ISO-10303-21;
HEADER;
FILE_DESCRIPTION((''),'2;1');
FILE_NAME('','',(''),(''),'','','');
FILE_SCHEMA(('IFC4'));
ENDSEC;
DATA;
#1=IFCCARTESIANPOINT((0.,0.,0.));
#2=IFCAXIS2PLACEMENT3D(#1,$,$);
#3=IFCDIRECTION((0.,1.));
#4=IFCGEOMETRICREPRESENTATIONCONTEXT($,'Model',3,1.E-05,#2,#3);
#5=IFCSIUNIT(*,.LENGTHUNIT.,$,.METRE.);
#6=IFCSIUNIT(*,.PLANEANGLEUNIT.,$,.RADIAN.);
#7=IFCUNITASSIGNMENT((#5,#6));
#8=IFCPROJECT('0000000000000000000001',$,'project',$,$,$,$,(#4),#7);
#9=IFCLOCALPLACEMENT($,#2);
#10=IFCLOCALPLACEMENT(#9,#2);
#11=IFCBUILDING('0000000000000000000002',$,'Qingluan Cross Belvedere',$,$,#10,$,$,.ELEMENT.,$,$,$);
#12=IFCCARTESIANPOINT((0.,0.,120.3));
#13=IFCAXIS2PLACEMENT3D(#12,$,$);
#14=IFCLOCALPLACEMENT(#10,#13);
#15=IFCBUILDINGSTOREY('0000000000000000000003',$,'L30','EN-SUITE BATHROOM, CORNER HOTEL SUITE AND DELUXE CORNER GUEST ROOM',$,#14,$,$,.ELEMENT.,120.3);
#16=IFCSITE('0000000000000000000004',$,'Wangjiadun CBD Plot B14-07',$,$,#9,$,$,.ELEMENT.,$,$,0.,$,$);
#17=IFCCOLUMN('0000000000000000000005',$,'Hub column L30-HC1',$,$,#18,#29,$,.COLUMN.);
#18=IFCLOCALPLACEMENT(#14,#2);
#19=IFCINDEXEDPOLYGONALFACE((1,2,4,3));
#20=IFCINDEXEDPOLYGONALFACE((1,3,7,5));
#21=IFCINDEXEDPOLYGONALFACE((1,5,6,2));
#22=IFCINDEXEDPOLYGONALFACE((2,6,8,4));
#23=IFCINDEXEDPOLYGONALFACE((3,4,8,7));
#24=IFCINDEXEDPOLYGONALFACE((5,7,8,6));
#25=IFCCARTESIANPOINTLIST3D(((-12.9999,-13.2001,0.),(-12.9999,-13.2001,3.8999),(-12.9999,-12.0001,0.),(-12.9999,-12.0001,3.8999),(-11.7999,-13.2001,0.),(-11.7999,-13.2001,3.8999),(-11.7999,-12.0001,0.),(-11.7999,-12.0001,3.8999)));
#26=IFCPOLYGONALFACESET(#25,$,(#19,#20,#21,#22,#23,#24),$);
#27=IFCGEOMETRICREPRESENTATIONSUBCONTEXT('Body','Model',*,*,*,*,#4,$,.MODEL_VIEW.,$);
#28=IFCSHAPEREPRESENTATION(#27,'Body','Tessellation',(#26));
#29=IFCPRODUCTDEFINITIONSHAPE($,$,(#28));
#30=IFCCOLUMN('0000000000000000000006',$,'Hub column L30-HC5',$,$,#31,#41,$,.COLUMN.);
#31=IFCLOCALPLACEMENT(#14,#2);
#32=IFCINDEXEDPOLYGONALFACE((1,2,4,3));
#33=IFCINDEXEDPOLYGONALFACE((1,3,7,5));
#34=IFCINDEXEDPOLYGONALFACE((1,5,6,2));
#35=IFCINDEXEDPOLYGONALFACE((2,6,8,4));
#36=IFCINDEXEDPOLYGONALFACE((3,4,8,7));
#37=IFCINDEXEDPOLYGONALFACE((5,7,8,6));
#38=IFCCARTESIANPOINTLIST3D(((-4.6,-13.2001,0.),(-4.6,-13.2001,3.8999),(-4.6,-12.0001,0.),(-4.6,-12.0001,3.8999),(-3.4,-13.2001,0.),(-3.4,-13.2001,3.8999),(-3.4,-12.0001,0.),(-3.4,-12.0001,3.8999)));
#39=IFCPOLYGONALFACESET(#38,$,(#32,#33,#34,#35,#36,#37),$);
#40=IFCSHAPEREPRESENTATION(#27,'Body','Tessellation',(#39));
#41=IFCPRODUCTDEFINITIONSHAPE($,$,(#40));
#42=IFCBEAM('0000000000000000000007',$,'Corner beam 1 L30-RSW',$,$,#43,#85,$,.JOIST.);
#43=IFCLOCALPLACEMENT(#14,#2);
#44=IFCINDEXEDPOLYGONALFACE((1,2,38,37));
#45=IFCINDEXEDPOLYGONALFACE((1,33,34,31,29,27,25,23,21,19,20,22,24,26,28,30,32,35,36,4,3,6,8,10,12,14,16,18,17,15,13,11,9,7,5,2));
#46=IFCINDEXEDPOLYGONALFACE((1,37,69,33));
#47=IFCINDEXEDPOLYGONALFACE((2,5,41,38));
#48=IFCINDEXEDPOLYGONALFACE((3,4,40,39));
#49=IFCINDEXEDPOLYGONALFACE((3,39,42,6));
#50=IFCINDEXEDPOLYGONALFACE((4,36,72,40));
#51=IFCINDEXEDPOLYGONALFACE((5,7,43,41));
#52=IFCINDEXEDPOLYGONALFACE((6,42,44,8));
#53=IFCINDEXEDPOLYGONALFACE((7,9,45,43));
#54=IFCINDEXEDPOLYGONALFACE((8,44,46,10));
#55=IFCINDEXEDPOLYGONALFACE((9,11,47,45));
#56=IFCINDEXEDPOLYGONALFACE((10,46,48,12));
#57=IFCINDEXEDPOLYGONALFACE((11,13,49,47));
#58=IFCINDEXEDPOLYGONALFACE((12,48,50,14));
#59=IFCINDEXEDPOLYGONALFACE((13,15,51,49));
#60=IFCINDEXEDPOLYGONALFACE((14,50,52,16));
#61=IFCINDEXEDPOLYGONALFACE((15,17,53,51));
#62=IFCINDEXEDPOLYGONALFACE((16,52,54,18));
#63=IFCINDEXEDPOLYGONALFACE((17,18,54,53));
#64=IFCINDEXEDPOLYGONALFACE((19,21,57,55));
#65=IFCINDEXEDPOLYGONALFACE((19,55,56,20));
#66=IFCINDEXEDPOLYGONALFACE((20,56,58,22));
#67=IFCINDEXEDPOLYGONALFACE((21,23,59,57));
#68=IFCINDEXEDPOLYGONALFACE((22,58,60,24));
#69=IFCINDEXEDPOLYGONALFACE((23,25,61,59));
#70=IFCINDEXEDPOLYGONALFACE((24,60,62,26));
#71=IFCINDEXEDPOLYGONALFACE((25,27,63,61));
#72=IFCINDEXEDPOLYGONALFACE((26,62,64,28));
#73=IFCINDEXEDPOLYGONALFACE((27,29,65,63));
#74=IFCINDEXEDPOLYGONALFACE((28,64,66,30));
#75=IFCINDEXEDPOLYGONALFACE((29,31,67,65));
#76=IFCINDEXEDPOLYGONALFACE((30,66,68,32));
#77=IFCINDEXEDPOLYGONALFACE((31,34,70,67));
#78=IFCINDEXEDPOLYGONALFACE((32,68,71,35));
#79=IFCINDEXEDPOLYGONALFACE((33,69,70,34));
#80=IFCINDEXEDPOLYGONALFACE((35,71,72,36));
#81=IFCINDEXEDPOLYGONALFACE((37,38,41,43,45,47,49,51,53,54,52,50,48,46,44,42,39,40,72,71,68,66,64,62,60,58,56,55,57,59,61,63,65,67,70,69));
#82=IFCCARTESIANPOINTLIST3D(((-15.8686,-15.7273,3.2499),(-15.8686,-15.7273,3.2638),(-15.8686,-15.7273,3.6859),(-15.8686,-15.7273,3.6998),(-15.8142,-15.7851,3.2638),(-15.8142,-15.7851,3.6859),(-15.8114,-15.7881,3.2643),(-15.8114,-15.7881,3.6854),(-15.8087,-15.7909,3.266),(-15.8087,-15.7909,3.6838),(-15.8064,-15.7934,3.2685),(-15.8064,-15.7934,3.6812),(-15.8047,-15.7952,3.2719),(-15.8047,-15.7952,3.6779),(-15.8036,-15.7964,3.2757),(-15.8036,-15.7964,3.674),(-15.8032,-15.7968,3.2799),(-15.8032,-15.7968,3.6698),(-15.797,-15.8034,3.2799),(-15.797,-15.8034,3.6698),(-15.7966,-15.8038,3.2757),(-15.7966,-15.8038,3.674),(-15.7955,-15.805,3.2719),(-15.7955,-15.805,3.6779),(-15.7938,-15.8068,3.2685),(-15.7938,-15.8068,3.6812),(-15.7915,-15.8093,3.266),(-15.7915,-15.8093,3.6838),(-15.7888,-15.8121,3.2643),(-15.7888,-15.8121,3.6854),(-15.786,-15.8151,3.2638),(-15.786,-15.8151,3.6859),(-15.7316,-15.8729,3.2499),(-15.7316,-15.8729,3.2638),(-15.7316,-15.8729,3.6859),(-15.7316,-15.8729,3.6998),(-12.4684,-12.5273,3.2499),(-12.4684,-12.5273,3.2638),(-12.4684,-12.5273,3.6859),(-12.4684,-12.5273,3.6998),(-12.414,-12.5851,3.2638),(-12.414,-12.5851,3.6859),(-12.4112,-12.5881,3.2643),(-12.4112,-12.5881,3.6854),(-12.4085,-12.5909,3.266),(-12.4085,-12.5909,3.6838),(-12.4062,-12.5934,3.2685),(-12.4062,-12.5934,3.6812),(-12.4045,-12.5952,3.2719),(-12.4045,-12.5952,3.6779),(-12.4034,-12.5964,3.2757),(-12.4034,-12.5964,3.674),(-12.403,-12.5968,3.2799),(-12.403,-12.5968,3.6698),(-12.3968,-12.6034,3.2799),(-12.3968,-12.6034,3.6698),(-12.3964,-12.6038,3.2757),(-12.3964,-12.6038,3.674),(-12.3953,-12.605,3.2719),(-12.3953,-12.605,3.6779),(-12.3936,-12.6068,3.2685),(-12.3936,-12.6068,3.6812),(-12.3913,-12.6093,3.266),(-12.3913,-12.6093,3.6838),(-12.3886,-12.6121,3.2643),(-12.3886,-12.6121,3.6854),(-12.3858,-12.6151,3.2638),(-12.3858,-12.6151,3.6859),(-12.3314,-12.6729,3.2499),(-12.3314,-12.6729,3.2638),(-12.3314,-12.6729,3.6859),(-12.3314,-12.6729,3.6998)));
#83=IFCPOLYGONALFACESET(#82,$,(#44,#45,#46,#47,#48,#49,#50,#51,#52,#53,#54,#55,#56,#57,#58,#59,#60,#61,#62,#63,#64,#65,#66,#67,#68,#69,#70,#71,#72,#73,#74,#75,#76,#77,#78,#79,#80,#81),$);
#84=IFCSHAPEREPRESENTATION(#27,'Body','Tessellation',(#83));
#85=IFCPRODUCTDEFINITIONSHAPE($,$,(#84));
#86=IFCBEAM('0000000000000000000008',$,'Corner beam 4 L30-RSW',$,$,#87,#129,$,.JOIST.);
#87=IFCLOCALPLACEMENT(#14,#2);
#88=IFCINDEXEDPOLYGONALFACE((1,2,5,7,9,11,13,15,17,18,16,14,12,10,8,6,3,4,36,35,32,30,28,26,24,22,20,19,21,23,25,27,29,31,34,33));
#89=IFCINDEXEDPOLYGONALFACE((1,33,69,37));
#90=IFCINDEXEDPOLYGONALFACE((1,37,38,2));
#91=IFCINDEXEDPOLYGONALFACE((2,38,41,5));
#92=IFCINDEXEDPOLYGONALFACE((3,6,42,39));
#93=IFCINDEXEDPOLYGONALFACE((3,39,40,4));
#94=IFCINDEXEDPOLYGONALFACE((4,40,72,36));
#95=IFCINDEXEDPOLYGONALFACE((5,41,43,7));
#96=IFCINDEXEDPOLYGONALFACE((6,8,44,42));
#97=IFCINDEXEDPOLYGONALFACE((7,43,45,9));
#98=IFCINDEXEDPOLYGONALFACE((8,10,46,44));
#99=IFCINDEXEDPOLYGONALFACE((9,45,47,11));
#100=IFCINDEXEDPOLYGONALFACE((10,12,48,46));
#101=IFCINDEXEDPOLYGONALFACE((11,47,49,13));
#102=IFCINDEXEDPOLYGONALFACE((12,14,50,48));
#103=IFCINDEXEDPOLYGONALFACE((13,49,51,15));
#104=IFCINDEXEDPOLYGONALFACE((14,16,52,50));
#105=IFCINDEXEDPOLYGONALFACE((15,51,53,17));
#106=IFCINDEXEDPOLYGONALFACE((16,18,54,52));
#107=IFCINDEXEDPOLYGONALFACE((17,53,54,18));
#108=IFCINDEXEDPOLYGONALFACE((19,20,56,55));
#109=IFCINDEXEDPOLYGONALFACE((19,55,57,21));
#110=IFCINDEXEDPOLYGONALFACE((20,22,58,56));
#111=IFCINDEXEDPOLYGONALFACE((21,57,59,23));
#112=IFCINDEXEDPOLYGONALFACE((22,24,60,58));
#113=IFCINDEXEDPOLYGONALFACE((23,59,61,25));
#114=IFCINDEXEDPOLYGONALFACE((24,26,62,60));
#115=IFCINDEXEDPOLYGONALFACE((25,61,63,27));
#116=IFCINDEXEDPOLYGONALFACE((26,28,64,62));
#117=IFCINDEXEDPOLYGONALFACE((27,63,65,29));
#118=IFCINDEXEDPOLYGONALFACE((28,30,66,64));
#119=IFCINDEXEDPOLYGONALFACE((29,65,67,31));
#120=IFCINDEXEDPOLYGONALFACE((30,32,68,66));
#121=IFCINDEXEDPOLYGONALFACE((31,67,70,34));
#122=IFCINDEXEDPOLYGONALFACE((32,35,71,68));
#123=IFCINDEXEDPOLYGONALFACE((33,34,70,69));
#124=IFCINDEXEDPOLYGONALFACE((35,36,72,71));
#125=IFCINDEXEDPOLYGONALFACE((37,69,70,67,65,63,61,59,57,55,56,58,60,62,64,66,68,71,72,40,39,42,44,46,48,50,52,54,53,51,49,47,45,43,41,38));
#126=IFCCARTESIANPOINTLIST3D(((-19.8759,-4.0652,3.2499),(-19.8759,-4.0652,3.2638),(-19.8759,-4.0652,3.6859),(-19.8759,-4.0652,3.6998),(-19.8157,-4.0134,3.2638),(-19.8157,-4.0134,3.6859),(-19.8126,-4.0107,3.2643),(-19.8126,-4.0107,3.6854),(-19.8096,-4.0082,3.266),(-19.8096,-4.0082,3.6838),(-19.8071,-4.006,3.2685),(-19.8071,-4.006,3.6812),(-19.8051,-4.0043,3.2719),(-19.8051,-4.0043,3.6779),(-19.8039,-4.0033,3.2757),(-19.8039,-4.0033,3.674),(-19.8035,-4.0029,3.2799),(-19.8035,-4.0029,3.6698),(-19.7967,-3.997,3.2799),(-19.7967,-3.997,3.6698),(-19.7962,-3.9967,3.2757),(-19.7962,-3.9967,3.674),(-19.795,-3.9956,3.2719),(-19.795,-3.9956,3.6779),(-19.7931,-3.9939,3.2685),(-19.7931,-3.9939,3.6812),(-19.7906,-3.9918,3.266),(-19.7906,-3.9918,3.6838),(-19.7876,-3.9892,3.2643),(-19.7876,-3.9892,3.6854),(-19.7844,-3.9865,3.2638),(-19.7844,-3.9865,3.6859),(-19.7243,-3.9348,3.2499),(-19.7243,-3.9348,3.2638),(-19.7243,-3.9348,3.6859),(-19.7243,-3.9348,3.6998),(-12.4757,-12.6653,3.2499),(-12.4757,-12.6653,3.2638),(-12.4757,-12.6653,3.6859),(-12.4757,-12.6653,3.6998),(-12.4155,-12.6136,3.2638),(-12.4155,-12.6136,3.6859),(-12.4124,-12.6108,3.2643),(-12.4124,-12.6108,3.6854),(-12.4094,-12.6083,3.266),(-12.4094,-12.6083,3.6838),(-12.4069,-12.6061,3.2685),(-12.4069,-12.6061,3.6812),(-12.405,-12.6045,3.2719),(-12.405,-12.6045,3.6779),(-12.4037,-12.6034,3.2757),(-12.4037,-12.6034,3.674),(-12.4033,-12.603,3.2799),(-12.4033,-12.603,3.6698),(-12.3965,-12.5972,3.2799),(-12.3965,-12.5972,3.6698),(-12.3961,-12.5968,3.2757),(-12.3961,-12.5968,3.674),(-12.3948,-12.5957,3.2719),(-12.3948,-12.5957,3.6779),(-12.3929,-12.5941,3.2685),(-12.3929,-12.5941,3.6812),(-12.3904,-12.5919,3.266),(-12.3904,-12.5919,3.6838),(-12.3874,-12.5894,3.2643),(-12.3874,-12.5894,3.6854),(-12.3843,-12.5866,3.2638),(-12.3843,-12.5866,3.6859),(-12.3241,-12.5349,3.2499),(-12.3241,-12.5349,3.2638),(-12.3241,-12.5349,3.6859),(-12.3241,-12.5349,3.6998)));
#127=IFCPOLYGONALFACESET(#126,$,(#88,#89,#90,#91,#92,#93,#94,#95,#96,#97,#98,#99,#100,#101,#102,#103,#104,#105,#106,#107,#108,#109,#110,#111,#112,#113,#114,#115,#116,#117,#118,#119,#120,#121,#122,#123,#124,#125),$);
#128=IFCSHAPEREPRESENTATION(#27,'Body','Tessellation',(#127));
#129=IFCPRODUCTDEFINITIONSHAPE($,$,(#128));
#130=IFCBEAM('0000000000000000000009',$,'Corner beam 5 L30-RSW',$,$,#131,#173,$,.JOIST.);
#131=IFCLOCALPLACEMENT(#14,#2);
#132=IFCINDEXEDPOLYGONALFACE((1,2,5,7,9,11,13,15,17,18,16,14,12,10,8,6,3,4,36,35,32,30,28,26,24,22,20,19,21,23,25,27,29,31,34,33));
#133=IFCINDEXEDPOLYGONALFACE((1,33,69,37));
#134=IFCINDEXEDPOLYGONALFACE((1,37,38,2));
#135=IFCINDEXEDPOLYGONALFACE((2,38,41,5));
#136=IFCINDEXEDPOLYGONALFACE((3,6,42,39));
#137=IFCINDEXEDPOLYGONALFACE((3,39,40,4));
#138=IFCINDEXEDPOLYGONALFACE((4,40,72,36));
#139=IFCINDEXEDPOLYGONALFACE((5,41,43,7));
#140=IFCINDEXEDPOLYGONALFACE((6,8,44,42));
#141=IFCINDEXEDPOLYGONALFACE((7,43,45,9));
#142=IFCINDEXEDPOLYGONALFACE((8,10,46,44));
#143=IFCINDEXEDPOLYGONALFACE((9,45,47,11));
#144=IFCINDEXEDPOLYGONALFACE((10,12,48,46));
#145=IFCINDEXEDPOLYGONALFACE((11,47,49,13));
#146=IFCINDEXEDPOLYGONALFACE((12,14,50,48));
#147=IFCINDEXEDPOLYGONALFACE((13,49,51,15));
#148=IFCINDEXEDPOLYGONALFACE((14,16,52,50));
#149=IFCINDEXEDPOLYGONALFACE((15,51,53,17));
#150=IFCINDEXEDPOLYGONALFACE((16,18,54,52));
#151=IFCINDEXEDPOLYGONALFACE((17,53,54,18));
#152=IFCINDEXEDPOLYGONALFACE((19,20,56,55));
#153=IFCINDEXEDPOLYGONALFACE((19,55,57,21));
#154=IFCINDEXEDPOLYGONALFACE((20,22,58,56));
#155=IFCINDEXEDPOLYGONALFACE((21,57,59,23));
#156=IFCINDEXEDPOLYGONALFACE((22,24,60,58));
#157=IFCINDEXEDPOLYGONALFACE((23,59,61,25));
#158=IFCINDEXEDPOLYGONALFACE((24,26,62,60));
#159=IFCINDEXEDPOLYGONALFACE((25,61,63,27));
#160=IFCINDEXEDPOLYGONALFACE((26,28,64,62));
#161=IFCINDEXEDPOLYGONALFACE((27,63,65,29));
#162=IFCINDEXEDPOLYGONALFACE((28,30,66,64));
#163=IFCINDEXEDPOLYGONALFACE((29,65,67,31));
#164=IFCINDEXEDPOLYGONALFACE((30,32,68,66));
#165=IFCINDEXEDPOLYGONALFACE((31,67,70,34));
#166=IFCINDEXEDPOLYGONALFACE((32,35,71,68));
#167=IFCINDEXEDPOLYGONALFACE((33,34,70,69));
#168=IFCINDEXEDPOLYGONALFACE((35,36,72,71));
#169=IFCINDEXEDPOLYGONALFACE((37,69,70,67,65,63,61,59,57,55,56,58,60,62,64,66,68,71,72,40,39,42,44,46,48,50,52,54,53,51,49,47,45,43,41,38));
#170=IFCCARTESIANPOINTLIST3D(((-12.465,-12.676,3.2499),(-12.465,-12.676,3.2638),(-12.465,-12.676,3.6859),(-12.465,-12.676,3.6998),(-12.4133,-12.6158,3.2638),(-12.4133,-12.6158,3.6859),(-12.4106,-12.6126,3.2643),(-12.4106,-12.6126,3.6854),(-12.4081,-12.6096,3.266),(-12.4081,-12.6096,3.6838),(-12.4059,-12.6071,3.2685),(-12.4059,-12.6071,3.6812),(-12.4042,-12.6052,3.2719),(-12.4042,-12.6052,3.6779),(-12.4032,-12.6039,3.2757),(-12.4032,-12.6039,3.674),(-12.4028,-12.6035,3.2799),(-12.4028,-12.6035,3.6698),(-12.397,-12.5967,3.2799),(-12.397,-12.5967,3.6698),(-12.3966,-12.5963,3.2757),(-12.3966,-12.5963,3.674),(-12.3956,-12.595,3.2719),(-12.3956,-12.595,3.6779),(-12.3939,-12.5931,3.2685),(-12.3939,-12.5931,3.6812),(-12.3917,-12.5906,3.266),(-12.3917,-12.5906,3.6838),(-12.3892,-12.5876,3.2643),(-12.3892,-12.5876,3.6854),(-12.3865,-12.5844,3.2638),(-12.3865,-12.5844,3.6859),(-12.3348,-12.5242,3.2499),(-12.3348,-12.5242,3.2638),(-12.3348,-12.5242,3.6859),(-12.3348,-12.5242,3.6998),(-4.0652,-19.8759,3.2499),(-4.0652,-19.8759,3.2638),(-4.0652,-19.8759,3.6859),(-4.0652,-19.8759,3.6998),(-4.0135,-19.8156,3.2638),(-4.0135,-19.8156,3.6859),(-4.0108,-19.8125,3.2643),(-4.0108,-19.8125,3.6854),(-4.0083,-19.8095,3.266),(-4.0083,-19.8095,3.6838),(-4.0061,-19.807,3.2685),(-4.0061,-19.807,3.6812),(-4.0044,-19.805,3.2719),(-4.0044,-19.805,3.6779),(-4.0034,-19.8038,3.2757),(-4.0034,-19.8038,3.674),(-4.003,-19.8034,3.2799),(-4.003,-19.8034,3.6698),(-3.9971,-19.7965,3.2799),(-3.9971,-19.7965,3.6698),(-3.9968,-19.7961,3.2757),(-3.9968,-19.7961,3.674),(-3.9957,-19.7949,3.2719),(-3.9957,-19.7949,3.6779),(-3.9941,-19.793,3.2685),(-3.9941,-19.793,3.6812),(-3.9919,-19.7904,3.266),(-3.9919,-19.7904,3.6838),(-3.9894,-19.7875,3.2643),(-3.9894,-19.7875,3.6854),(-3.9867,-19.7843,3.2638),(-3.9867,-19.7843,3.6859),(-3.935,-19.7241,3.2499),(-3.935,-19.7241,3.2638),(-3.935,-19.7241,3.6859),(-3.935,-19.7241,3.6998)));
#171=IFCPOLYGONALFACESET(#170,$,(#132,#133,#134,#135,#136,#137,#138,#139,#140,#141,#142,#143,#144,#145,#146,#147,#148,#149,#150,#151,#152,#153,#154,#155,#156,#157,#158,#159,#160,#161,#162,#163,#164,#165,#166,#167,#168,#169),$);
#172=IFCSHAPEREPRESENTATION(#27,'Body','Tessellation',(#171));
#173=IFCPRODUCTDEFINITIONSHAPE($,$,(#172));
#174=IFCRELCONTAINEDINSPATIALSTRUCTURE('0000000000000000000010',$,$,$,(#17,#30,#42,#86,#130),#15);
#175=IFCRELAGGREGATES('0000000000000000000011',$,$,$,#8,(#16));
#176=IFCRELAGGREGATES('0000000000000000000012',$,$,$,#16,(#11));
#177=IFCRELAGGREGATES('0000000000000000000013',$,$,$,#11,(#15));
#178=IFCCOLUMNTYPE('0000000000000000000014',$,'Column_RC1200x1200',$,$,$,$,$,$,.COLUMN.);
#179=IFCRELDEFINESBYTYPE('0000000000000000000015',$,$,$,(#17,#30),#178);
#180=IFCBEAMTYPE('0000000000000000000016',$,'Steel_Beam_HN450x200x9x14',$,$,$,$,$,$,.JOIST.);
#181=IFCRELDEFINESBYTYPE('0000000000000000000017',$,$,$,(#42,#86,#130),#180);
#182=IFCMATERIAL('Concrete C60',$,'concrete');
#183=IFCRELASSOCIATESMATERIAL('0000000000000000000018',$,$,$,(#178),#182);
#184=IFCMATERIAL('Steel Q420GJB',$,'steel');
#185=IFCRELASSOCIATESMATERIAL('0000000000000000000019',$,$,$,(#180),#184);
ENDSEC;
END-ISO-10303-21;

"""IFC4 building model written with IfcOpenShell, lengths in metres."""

from ifc_helpers import new_model, si_unit, direction, frame, origin, origin_2d, place, context, subcontext, project, spatial, rectangle, i_section, extrude, material, material_profile, profile_set, type_object, element, save


model = new_model("IFC4")

# Units and contexts
model_context = context("Model", 3, precision=1e-05, world=origin(), true_north=direction((0.0, 1.0)))
body_context = subcontext(model_context, "Body", "Model", "MODEL_VIEW")
ifc_project = project(units=[si_unit("LENGTHUNIT", "METRE"), si_unit("PLANEANGLEUNIT", "RADIAN")], contexts=[model_context])

# Site, building, storey
site_placement = place(None, origin())
site = spatial("IfcSite", under=ifc_project, at=site_placement, Name="Wangjiadun CBD Plot B14-07", CompositionType="ELEMENT", RefElevation=0.0)
building_placement = place(site_placement, origin())
building = spatial("IfcBuilding", under=site, at=building_placement, Name="Qingluan Cross Belvedere", CompositionType="ELEMENT")
storey_placement = place(building_placement, frame((0.0, 0.0, 120.3)))
storey = spatial("IfcBuildingStorey", under=building, at=storey_placement, Name="L30", Description="EN-SUITE BATHROOM, CORNER HOTEL SUITE AND DELUXE CORNER GUEST ROOM", CompositionType="ELEMENT", Elevation=120.3)

# Columns
ifc_material_1 = material(Name="Concrete C60", Category="concrete")
ifc_material_profile_1 = material_profile(ifc_material_1, rectangle(XDim=1.2, YDim=1.2, at=origin_2d()), Name="RC1200x1200")
ifc_profile_set_1 = profile_set([ifc_material_profile_1], Name="Concrete C60")
column_type = type_object("IfcColumnType", Name="Column_RC1200x1200", PredefinedType="COLUMN", material=ifc_profile_set_1)
for number, where, z_axis, x_axis, name in (
    (1, (-12.3999, -12.6001, 0.0), (0.0, 0.0, 1.0), (1.0, 0.0, 0.0), "Hub column L30-HC1"),
    (2, (-4.0, -12.6001, 0.0), (0.0, 0.0, 1.0), (1.0, 0.0, 0.0), "Hub column L30-HC5"),
):
    element("IfcColumn", number, at=place(storey_placement, frame(where, z_axis=z_axis, x_axis=x_axis)), inside=storey, type_object=column_type, Name=name, PredefinedType="COLUMN", context=body_context, shape_type="SweptSolid", body=[
        extrude(rectangle(XDim=1.2, YDim=1.2, at=origin_2d()), origin(), (0.0, 0.0, 1.0), 3.8999),
    ])

# Beams
ifc_material_2 = material(Name="Steel Q420GJB", Category="steel")
ifc_material_profile_2 = material_profile(ifc_material_2, i_section(OverallWidth=0.2, OverallDepth=0.45, WebThickness=0.009, FlangeThickness=0.0139, FilletRadius=0.0161, at=origin_2d()), Name="HN450x200x9x14")
ifc_profile_set_2 = profile_set([ifc_material_profile_2], Name="Steel Q420GJB")
beam_type_1 = type_object("IfcBeamType", Name="Steel_Beam_HN450x200x9x14", PredefinedType="JOIST", material=ifc_profile_set_2)
beam_1_placement = place(storey_placement, frame((-12.3999, -12.6001, 3.4749), z_axis=(-0.72822, -0.685343, 0.0), x_axis=(0.685343, -0.72822, 0.0)))
element("IfcBeam", 3, at=beam_1_placement, inside=storey, type_object=beam_type_1, Name="Corner beam 1 L30-RSW", PredefinedType="JOIST", context=body_context, shape_type="SweptSolid", body=[
    extrude(i_section(OverallWidth=0.2, OverallDepth=0.45, WebThickness=0.009, FlangeThickness=0.0139, FilletRadius=0.0161, at=origin_2d()), origin(), (0.0, 0.0, 1.0), 4.6692),
])
beam_2_placement = place(storey_placement, frame((-12.3999, -12.6001, 3.4749), z_axis=(-0.652245, 0.758008, 0.0), x_axis=(-0.758008, -0.652245, 0.0)))
element("IfcBeam", 4, at=beam_2_placement, inside=storey, type_object=beam_type_1, Name="Corner beam 4 L30-RSW", PredefinedType="JOIST", context=body_context, shape_type="SweptSolid", body=[
    extrude(i_section(OverallWidth=0.2, OverallDepth=0.45, WebThickness=0.009, FlangeThickness=0.0139, FilletRadius=0.0161, at=origin_2d()), origin(), (0.0, 0.0, 1.0), 11.3457),
])
beam_3_placement = place(storey_placement, frame((-12.3999, -12.6001, 3.4749), z_axis=(0.759255, -0.650793, 0.0), x_axis=(0.650793, 0.759255, 0.0)))
element("IfcBeam", 5, at=beam_3_placement, inside=storey, type_object=beam_type_1, Name="Corner beam 5 L30-RSW", PredefinedType="JOIST", context=body_context, shape_type="SweptSolid", body=[
    extrude(i_section(OverallWidth=0.2, OverallDepth=0.45, WebThickness=0.009, FlangeThickness=0.0139, FilletRadius=0.0161, at=origin_2d()), origin(), (0.0, 0.0, 1.0), 11.0632),
])

save(model, "model.ifc")
